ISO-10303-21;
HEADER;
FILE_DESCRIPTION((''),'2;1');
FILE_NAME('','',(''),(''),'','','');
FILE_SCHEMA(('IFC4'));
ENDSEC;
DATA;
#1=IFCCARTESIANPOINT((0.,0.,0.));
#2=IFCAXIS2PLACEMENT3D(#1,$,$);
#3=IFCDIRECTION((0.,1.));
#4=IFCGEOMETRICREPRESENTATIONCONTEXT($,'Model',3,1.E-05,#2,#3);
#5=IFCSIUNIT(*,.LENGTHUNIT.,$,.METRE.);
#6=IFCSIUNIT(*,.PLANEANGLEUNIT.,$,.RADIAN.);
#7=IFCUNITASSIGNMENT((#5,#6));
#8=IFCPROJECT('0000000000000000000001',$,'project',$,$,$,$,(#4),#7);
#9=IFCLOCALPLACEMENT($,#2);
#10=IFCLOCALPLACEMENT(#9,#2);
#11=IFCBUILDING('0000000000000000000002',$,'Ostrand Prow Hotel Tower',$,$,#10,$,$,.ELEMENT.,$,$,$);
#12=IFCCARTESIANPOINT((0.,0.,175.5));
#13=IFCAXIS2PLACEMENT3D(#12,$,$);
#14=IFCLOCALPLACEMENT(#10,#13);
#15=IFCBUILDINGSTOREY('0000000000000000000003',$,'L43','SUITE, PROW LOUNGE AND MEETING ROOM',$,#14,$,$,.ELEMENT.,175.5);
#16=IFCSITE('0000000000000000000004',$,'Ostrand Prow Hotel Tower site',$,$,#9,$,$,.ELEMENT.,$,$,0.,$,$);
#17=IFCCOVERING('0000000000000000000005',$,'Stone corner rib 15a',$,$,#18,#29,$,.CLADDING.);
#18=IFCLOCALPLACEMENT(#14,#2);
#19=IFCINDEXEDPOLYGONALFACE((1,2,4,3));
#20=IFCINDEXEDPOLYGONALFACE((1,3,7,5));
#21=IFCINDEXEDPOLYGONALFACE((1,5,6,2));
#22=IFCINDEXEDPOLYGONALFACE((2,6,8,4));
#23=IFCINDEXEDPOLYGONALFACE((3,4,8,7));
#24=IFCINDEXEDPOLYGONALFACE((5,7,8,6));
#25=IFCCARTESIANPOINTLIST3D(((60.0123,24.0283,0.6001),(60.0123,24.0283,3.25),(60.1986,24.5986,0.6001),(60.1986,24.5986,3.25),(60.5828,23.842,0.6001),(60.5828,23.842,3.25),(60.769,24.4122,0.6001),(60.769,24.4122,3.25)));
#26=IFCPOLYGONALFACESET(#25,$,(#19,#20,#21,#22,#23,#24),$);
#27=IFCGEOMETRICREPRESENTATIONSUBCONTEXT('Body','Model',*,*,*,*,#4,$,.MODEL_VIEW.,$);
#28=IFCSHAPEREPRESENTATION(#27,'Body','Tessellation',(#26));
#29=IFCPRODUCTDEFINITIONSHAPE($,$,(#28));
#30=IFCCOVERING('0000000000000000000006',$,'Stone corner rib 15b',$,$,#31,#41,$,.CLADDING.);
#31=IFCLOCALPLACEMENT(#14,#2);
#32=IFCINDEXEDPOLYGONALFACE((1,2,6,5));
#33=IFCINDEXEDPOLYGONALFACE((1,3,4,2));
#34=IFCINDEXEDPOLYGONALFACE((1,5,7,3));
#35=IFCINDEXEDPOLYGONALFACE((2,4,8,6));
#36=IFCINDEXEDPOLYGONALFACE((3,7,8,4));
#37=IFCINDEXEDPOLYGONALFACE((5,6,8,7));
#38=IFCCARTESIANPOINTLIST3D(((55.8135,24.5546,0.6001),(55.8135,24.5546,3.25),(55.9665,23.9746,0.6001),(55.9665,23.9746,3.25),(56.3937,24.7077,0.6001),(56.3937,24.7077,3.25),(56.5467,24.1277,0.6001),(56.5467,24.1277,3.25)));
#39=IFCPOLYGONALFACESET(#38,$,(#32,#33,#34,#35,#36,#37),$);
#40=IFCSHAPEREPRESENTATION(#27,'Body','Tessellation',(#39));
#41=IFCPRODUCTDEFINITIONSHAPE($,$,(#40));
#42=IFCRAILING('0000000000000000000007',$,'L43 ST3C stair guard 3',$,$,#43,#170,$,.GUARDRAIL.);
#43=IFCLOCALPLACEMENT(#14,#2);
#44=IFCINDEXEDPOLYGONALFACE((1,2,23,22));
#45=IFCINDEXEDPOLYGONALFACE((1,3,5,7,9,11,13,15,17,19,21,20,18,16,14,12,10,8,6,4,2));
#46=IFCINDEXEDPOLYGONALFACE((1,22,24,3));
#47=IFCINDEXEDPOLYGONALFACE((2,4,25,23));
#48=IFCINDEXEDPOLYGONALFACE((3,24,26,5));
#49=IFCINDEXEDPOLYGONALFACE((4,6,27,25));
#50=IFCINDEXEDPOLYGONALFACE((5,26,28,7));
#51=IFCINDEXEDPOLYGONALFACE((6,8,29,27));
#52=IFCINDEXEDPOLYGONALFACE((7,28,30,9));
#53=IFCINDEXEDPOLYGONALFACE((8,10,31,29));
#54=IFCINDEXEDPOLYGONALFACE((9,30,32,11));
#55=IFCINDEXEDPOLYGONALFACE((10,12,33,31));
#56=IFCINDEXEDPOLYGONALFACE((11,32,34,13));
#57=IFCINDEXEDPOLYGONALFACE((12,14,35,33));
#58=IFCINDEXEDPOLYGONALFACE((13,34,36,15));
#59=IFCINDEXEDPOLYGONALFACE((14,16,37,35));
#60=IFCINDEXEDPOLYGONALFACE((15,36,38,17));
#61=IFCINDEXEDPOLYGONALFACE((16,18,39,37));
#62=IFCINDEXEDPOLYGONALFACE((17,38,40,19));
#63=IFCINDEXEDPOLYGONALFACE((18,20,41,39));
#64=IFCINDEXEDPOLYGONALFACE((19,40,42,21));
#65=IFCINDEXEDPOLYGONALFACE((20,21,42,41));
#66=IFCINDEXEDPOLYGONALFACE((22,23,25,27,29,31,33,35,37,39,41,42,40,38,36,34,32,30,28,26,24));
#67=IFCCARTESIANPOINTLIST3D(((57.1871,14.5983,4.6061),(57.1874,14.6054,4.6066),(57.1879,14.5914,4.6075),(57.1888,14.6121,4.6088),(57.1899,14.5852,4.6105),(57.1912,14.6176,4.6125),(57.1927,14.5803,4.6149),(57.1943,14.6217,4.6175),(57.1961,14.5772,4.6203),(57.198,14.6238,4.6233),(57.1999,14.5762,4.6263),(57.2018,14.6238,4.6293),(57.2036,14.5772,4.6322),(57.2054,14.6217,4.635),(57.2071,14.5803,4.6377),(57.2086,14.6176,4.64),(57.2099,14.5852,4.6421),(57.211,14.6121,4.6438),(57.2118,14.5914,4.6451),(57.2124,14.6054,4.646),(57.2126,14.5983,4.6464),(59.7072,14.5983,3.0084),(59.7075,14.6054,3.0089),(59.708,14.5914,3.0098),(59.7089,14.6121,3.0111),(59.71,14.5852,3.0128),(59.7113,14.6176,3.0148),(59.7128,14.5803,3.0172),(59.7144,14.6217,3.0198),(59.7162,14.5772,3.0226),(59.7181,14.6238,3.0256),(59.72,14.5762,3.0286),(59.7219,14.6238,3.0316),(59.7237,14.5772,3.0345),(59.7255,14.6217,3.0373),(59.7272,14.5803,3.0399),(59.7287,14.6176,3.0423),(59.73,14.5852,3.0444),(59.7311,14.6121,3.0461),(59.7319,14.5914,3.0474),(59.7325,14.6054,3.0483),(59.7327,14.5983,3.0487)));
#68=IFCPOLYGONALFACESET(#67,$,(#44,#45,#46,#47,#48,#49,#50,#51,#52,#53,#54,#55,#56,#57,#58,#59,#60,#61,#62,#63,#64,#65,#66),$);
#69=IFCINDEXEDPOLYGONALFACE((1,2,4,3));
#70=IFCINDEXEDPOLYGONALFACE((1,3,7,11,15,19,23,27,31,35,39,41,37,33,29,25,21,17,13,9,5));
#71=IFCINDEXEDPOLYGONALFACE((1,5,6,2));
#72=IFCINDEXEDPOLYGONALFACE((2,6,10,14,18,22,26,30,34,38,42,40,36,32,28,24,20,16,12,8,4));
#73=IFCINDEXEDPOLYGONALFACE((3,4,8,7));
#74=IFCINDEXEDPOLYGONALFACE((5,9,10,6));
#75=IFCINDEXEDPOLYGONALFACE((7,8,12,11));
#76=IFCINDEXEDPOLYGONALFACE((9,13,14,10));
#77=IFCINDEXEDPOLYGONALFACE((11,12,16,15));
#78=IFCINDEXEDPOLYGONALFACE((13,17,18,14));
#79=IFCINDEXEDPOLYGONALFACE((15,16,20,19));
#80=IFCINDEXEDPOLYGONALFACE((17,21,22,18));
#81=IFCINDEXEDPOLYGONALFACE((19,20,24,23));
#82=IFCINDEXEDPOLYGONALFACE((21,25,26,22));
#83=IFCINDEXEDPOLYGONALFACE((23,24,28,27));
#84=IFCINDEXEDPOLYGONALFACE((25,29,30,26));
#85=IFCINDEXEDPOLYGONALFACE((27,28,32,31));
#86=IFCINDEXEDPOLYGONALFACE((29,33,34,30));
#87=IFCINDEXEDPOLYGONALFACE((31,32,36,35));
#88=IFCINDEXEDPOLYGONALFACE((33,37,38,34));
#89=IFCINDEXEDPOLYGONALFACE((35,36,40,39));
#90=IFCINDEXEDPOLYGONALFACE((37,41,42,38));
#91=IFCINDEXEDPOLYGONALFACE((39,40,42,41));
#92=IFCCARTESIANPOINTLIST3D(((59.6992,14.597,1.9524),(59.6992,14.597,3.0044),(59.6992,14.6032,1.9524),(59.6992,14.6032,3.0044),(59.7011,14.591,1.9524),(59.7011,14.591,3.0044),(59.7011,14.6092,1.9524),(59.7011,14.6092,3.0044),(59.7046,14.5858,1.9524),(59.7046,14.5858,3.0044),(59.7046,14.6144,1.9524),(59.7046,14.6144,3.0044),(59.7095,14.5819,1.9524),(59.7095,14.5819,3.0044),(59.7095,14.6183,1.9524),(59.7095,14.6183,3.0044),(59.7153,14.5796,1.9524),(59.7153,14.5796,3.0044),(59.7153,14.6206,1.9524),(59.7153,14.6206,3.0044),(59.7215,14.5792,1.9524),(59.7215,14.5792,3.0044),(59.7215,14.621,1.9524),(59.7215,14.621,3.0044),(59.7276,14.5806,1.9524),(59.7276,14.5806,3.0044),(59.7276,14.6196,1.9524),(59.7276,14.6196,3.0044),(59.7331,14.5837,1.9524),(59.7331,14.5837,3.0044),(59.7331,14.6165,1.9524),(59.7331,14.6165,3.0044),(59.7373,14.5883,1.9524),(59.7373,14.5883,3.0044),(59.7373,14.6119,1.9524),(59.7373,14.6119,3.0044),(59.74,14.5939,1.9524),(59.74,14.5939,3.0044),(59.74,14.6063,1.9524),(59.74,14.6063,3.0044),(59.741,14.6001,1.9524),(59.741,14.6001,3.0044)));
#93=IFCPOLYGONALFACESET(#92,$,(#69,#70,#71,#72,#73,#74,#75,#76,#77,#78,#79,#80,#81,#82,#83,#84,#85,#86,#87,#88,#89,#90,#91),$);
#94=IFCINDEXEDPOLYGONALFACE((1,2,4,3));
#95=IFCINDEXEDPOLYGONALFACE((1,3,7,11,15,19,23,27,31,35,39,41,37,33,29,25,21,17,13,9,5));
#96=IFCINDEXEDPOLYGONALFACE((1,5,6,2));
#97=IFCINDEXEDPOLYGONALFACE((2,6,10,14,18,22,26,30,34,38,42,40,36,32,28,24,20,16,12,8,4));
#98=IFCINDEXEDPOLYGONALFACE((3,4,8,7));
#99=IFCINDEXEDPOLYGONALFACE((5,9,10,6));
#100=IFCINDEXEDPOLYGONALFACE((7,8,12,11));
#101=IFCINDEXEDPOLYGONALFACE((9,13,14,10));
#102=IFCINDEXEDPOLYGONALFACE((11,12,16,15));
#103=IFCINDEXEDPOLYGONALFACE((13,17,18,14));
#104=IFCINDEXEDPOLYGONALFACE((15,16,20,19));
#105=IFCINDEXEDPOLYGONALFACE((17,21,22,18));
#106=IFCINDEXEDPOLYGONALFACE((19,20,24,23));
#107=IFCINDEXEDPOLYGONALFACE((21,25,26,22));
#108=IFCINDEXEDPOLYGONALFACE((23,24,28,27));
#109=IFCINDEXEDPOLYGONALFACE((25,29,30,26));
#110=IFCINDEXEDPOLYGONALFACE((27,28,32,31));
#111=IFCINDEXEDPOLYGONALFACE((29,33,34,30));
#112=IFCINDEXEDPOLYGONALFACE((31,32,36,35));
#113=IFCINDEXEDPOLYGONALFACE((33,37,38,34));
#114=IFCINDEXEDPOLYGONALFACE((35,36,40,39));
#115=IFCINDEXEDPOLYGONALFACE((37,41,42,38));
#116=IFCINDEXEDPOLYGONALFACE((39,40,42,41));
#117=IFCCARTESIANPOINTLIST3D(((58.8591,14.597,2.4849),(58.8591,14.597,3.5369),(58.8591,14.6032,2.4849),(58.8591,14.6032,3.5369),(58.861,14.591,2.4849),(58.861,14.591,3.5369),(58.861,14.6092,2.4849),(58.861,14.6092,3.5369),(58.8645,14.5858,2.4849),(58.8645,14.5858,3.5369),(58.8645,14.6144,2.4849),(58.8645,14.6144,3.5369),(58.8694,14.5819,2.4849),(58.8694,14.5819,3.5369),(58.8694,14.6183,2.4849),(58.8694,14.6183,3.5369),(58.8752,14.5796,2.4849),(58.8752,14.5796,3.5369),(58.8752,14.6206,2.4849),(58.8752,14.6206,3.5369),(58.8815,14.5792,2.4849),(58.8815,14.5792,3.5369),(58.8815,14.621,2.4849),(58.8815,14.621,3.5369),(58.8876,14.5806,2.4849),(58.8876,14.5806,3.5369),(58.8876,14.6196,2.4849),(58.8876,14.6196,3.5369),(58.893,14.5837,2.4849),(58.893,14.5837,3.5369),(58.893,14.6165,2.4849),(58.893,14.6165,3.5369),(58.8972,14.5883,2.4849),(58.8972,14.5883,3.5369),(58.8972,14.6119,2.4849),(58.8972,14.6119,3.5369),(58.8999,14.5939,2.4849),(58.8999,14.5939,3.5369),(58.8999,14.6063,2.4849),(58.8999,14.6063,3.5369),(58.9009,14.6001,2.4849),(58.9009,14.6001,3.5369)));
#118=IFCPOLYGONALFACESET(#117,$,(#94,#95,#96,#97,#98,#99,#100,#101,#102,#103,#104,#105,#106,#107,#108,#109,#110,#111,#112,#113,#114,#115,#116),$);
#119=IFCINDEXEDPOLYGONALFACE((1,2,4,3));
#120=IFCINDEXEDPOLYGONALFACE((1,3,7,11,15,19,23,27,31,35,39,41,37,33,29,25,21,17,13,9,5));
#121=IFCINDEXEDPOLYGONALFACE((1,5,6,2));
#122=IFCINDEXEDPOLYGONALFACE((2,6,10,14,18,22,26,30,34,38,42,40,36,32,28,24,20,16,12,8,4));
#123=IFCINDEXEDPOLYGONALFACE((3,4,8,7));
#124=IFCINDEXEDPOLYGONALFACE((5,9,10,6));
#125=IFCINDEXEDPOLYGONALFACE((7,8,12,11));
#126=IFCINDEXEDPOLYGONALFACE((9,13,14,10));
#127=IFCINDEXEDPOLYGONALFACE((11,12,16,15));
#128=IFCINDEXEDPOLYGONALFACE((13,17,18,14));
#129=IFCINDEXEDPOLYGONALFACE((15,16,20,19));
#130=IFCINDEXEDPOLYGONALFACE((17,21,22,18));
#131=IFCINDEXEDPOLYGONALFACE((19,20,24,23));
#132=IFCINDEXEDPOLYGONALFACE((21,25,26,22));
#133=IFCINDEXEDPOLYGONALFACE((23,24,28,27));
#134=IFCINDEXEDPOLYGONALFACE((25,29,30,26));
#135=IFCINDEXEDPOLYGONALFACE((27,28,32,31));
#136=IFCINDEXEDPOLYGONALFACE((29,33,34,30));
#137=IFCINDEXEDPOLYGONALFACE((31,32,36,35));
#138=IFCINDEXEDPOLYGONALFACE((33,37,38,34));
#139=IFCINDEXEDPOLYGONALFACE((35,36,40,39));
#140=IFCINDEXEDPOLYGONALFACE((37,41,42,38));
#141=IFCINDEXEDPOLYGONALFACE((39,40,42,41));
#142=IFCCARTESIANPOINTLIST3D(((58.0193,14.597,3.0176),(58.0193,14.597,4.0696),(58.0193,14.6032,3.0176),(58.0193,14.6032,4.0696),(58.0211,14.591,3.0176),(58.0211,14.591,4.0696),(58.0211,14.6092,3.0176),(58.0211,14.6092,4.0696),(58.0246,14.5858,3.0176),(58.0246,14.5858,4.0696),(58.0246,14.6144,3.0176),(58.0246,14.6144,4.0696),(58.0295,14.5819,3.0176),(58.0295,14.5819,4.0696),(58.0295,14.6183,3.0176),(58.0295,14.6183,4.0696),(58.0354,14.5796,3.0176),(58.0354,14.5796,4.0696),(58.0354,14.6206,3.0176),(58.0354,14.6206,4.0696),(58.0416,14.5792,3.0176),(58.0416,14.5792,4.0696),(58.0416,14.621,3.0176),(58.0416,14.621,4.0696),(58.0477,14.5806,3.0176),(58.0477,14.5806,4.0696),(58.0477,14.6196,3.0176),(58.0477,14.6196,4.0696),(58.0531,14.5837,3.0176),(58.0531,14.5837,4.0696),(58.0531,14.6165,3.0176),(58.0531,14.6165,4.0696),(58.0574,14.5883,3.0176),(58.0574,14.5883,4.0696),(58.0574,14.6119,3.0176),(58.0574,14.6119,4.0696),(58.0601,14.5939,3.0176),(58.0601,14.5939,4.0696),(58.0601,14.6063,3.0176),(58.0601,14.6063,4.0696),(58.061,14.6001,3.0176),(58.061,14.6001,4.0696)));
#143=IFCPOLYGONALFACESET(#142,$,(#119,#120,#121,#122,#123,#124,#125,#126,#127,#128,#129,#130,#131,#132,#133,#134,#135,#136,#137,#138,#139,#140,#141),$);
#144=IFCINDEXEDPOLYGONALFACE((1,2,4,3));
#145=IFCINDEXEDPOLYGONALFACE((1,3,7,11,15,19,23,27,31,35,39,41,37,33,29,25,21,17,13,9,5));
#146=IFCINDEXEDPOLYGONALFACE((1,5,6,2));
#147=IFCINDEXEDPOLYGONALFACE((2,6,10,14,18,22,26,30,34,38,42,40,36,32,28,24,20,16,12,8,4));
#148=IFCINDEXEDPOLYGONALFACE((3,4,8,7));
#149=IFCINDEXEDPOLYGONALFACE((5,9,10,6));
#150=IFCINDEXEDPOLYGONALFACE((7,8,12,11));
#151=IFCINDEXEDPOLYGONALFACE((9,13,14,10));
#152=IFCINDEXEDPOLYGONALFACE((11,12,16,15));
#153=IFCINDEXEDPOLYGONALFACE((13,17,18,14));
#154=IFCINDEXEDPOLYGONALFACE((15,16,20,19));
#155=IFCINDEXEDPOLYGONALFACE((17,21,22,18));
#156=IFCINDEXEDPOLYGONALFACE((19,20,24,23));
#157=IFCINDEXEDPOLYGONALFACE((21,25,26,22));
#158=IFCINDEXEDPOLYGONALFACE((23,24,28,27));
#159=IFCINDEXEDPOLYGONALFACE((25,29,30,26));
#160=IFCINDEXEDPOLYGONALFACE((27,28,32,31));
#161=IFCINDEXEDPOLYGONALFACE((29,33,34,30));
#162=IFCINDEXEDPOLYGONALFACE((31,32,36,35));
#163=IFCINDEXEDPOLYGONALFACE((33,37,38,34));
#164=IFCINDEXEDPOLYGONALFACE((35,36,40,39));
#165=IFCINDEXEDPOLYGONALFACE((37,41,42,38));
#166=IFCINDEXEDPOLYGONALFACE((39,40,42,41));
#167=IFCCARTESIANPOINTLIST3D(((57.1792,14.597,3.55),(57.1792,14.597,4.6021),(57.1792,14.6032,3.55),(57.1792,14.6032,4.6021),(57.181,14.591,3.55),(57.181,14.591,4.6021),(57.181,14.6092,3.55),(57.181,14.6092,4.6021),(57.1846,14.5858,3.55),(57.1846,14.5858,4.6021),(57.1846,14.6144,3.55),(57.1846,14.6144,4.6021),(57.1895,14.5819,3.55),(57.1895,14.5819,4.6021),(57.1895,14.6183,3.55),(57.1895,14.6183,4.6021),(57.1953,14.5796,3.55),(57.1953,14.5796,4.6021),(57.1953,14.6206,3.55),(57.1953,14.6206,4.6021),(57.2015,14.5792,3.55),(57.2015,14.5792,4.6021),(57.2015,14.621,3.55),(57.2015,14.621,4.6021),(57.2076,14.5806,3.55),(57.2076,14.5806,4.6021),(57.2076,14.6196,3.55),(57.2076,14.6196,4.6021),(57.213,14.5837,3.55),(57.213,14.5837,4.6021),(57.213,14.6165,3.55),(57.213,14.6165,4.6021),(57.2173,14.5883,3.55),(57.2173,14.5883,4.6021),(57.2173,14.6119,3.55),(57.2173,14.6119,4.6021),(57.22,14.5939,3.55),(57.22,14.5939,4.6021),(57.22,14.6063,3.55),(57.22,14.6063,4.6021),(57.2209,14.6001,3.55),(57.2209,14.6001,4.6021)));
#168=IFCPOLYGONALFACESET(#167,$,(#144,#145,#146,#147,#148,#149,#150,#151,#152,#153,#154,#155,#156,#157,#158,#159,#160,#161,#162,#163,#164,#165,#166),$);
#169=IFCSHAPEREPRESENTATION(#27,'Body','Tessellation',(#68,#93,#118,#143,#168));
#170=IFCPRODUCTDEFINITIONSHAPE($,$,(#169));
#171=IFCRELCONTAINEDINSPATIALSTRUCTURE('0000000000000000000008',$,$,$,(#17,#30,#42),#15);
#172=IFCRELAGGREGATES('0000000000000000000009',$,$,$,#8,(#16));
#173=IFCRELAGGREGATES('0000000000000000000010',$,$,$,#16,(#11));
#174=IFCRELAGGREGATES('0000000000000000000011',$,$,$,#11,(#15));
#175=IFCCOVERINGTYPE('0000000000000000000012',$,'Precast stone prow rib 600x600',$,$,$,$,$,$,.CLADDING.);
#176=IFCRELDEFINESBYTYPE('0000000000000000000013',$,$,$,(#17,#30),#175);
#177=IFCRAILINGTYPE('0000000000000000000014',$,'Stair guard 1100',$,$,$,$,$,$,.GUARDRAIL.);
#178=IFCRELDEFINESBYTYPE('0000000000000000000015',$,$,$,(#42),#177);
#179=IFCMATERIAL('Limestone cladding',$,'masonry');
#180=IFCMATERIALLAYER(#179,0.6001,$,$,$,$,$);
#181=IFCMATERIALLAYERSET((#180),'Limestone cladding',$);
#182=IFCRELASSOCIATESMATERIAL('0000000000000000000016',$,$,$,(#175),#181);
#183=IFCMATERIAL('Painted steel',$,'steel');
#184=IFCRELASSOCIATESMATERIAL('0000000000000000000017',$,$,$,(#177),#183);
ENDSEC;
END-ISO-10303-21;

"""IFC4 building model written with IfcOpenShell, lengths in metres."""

from ifc_helpers import new_model, si_unit, direction, frame, frame_2d, origin, origin_2d, place, context, subcontext, project, spatial, rectangle, circle, extrude, material, layer, layer_set, type_object, element, save


model = new_model("IFC4")

# Units and contexts
model_context = context("Model", 3, precision=1e-05, world=origin(), true_north=direction((0.0, 1.0)))
body_context = subcontext(model_context, "Body", "Model", "MODEL_VIEW")
ifc_project = project(units=[si_unit("LENGTHUNIT", "METRE"), si_unit("PLANEANGLEUNIT", "RADIAN")], contexts=[model_context])

# Site, building, storey
site_placement = place(None, origin())
site = spatial("IfcSite", under=ifc_project, at=site_placement, Name="Ostrand Prow Hotel Tower site", CompositionType="ELEMENT", RefElevation=0.0)
building_placement = place(site_placement, origin())
building = spatial("IfcBuilding", under=site, at=building_placement, Name="Ostrand Prow Hotel Tower", CompositionType="ELEMENT")
storey_placement = place(building_placement, frame((0.0, 0.0, 175.5)))
storey = spatial("IfcBuildingStorey", under=building, at=storey_placement, Name="L43", Description="SUITE, PROW LOUNGE AND MEETING ROOM", CompositionType="ELEMENT", Elevation=175.5)

# Coverings
ifc_material_1 = material(Name="Limestone cladding", Category="masonry")
ifc_layer_1 = layer(ifc_material_1, 0.6001)
ifc_layer_set_1 = layer_set([ifc_layer_1], Name="Limestone cladding")
covering_type = type_object("IfcCoveringType", Name="Precast stone prow rib 600x600", PredefinedType="CLADDING", material=ifc_layer_set_1)
for number, where, z_axis, x_axis, name in (
    (1, (60.2976, 23.9353, 0.6001), (0.0, 0.0, 1.0), (0.310484, 0.950578, 0.0), "Stone corner rib 15a"),
    (2, (56.2566, 24.0513, 0.6001), (0.0, 0.0, 1.0), (-0.255154, 0.9669, 0.0), "Stone corner rib 15b"),
):
    element("IfcCovering", number, at=place(storey_placement, frame(where, z_axis=z_axis, x_axis=x_axis)), inside=storey, type_object=covering_type, Name=name, PredefinedType="CLADDING", context=body_context, shape_type="SweptSolid", body=[
        extrude(rectangle(XDim=0.5999, YDim=0.6001, at=frame_2d((0.2998, 0.0))), origin(), (0.0, 0.0, 1.0), 2.6499),
    ])

# Railing
ifc_material_2 = material(Name="Painted steel", Category="steel")
railing_type_1 = type_object("IfcRailingType", Name="Stair guard 1100", PredefinedType="GUARDRAIL", material=ifc_material_2)
railing_1_placement = place(storey_placement, frame((59.72, 14.6001, 1.9524)))
element("IfcRailing", 3, at=railing_1_placement, inside=storey, type_object=railing_type_1, Name="L43 ST3C stair guard 3", PredefinedType="GUARDRAIL", context=body_context, shape_type="SweptSolid", body=[
    extrude(circle(Radius=0.0239, at=origin_2d()), frame((0.0, 0.0, 1.0762), z_axis=(-0.84457, 0.0, 0.535445), x_axis=(0.0, -1.0, 0.0)), (0.0, 0.0, 1.0), 2.9839),
    extrude(circle(Radius=0.021, at=origin_2d()), origin(), (0.0, 0.0, 1.0), 1.052),
    extrude(circle(Radius=0.021, at=origin_2d()), frame((-0.8401, 0.0, 0.5325)), (0.0, 0.0, 1.0), 1.052),
    extrude(circle(Radius=0.021, at=origin_2d()), frame((-1.6799, 0.0, 1.0652)), (0.0, 0.0, 1.0), 1.052),
    extrude(circle(Radius=0.021, at=origin_2d()), frame((-2.52, 0.0, 1.5977)), (0.0, 0.0, 1.0), 1.052),
])

save(model, "model.ifc")
